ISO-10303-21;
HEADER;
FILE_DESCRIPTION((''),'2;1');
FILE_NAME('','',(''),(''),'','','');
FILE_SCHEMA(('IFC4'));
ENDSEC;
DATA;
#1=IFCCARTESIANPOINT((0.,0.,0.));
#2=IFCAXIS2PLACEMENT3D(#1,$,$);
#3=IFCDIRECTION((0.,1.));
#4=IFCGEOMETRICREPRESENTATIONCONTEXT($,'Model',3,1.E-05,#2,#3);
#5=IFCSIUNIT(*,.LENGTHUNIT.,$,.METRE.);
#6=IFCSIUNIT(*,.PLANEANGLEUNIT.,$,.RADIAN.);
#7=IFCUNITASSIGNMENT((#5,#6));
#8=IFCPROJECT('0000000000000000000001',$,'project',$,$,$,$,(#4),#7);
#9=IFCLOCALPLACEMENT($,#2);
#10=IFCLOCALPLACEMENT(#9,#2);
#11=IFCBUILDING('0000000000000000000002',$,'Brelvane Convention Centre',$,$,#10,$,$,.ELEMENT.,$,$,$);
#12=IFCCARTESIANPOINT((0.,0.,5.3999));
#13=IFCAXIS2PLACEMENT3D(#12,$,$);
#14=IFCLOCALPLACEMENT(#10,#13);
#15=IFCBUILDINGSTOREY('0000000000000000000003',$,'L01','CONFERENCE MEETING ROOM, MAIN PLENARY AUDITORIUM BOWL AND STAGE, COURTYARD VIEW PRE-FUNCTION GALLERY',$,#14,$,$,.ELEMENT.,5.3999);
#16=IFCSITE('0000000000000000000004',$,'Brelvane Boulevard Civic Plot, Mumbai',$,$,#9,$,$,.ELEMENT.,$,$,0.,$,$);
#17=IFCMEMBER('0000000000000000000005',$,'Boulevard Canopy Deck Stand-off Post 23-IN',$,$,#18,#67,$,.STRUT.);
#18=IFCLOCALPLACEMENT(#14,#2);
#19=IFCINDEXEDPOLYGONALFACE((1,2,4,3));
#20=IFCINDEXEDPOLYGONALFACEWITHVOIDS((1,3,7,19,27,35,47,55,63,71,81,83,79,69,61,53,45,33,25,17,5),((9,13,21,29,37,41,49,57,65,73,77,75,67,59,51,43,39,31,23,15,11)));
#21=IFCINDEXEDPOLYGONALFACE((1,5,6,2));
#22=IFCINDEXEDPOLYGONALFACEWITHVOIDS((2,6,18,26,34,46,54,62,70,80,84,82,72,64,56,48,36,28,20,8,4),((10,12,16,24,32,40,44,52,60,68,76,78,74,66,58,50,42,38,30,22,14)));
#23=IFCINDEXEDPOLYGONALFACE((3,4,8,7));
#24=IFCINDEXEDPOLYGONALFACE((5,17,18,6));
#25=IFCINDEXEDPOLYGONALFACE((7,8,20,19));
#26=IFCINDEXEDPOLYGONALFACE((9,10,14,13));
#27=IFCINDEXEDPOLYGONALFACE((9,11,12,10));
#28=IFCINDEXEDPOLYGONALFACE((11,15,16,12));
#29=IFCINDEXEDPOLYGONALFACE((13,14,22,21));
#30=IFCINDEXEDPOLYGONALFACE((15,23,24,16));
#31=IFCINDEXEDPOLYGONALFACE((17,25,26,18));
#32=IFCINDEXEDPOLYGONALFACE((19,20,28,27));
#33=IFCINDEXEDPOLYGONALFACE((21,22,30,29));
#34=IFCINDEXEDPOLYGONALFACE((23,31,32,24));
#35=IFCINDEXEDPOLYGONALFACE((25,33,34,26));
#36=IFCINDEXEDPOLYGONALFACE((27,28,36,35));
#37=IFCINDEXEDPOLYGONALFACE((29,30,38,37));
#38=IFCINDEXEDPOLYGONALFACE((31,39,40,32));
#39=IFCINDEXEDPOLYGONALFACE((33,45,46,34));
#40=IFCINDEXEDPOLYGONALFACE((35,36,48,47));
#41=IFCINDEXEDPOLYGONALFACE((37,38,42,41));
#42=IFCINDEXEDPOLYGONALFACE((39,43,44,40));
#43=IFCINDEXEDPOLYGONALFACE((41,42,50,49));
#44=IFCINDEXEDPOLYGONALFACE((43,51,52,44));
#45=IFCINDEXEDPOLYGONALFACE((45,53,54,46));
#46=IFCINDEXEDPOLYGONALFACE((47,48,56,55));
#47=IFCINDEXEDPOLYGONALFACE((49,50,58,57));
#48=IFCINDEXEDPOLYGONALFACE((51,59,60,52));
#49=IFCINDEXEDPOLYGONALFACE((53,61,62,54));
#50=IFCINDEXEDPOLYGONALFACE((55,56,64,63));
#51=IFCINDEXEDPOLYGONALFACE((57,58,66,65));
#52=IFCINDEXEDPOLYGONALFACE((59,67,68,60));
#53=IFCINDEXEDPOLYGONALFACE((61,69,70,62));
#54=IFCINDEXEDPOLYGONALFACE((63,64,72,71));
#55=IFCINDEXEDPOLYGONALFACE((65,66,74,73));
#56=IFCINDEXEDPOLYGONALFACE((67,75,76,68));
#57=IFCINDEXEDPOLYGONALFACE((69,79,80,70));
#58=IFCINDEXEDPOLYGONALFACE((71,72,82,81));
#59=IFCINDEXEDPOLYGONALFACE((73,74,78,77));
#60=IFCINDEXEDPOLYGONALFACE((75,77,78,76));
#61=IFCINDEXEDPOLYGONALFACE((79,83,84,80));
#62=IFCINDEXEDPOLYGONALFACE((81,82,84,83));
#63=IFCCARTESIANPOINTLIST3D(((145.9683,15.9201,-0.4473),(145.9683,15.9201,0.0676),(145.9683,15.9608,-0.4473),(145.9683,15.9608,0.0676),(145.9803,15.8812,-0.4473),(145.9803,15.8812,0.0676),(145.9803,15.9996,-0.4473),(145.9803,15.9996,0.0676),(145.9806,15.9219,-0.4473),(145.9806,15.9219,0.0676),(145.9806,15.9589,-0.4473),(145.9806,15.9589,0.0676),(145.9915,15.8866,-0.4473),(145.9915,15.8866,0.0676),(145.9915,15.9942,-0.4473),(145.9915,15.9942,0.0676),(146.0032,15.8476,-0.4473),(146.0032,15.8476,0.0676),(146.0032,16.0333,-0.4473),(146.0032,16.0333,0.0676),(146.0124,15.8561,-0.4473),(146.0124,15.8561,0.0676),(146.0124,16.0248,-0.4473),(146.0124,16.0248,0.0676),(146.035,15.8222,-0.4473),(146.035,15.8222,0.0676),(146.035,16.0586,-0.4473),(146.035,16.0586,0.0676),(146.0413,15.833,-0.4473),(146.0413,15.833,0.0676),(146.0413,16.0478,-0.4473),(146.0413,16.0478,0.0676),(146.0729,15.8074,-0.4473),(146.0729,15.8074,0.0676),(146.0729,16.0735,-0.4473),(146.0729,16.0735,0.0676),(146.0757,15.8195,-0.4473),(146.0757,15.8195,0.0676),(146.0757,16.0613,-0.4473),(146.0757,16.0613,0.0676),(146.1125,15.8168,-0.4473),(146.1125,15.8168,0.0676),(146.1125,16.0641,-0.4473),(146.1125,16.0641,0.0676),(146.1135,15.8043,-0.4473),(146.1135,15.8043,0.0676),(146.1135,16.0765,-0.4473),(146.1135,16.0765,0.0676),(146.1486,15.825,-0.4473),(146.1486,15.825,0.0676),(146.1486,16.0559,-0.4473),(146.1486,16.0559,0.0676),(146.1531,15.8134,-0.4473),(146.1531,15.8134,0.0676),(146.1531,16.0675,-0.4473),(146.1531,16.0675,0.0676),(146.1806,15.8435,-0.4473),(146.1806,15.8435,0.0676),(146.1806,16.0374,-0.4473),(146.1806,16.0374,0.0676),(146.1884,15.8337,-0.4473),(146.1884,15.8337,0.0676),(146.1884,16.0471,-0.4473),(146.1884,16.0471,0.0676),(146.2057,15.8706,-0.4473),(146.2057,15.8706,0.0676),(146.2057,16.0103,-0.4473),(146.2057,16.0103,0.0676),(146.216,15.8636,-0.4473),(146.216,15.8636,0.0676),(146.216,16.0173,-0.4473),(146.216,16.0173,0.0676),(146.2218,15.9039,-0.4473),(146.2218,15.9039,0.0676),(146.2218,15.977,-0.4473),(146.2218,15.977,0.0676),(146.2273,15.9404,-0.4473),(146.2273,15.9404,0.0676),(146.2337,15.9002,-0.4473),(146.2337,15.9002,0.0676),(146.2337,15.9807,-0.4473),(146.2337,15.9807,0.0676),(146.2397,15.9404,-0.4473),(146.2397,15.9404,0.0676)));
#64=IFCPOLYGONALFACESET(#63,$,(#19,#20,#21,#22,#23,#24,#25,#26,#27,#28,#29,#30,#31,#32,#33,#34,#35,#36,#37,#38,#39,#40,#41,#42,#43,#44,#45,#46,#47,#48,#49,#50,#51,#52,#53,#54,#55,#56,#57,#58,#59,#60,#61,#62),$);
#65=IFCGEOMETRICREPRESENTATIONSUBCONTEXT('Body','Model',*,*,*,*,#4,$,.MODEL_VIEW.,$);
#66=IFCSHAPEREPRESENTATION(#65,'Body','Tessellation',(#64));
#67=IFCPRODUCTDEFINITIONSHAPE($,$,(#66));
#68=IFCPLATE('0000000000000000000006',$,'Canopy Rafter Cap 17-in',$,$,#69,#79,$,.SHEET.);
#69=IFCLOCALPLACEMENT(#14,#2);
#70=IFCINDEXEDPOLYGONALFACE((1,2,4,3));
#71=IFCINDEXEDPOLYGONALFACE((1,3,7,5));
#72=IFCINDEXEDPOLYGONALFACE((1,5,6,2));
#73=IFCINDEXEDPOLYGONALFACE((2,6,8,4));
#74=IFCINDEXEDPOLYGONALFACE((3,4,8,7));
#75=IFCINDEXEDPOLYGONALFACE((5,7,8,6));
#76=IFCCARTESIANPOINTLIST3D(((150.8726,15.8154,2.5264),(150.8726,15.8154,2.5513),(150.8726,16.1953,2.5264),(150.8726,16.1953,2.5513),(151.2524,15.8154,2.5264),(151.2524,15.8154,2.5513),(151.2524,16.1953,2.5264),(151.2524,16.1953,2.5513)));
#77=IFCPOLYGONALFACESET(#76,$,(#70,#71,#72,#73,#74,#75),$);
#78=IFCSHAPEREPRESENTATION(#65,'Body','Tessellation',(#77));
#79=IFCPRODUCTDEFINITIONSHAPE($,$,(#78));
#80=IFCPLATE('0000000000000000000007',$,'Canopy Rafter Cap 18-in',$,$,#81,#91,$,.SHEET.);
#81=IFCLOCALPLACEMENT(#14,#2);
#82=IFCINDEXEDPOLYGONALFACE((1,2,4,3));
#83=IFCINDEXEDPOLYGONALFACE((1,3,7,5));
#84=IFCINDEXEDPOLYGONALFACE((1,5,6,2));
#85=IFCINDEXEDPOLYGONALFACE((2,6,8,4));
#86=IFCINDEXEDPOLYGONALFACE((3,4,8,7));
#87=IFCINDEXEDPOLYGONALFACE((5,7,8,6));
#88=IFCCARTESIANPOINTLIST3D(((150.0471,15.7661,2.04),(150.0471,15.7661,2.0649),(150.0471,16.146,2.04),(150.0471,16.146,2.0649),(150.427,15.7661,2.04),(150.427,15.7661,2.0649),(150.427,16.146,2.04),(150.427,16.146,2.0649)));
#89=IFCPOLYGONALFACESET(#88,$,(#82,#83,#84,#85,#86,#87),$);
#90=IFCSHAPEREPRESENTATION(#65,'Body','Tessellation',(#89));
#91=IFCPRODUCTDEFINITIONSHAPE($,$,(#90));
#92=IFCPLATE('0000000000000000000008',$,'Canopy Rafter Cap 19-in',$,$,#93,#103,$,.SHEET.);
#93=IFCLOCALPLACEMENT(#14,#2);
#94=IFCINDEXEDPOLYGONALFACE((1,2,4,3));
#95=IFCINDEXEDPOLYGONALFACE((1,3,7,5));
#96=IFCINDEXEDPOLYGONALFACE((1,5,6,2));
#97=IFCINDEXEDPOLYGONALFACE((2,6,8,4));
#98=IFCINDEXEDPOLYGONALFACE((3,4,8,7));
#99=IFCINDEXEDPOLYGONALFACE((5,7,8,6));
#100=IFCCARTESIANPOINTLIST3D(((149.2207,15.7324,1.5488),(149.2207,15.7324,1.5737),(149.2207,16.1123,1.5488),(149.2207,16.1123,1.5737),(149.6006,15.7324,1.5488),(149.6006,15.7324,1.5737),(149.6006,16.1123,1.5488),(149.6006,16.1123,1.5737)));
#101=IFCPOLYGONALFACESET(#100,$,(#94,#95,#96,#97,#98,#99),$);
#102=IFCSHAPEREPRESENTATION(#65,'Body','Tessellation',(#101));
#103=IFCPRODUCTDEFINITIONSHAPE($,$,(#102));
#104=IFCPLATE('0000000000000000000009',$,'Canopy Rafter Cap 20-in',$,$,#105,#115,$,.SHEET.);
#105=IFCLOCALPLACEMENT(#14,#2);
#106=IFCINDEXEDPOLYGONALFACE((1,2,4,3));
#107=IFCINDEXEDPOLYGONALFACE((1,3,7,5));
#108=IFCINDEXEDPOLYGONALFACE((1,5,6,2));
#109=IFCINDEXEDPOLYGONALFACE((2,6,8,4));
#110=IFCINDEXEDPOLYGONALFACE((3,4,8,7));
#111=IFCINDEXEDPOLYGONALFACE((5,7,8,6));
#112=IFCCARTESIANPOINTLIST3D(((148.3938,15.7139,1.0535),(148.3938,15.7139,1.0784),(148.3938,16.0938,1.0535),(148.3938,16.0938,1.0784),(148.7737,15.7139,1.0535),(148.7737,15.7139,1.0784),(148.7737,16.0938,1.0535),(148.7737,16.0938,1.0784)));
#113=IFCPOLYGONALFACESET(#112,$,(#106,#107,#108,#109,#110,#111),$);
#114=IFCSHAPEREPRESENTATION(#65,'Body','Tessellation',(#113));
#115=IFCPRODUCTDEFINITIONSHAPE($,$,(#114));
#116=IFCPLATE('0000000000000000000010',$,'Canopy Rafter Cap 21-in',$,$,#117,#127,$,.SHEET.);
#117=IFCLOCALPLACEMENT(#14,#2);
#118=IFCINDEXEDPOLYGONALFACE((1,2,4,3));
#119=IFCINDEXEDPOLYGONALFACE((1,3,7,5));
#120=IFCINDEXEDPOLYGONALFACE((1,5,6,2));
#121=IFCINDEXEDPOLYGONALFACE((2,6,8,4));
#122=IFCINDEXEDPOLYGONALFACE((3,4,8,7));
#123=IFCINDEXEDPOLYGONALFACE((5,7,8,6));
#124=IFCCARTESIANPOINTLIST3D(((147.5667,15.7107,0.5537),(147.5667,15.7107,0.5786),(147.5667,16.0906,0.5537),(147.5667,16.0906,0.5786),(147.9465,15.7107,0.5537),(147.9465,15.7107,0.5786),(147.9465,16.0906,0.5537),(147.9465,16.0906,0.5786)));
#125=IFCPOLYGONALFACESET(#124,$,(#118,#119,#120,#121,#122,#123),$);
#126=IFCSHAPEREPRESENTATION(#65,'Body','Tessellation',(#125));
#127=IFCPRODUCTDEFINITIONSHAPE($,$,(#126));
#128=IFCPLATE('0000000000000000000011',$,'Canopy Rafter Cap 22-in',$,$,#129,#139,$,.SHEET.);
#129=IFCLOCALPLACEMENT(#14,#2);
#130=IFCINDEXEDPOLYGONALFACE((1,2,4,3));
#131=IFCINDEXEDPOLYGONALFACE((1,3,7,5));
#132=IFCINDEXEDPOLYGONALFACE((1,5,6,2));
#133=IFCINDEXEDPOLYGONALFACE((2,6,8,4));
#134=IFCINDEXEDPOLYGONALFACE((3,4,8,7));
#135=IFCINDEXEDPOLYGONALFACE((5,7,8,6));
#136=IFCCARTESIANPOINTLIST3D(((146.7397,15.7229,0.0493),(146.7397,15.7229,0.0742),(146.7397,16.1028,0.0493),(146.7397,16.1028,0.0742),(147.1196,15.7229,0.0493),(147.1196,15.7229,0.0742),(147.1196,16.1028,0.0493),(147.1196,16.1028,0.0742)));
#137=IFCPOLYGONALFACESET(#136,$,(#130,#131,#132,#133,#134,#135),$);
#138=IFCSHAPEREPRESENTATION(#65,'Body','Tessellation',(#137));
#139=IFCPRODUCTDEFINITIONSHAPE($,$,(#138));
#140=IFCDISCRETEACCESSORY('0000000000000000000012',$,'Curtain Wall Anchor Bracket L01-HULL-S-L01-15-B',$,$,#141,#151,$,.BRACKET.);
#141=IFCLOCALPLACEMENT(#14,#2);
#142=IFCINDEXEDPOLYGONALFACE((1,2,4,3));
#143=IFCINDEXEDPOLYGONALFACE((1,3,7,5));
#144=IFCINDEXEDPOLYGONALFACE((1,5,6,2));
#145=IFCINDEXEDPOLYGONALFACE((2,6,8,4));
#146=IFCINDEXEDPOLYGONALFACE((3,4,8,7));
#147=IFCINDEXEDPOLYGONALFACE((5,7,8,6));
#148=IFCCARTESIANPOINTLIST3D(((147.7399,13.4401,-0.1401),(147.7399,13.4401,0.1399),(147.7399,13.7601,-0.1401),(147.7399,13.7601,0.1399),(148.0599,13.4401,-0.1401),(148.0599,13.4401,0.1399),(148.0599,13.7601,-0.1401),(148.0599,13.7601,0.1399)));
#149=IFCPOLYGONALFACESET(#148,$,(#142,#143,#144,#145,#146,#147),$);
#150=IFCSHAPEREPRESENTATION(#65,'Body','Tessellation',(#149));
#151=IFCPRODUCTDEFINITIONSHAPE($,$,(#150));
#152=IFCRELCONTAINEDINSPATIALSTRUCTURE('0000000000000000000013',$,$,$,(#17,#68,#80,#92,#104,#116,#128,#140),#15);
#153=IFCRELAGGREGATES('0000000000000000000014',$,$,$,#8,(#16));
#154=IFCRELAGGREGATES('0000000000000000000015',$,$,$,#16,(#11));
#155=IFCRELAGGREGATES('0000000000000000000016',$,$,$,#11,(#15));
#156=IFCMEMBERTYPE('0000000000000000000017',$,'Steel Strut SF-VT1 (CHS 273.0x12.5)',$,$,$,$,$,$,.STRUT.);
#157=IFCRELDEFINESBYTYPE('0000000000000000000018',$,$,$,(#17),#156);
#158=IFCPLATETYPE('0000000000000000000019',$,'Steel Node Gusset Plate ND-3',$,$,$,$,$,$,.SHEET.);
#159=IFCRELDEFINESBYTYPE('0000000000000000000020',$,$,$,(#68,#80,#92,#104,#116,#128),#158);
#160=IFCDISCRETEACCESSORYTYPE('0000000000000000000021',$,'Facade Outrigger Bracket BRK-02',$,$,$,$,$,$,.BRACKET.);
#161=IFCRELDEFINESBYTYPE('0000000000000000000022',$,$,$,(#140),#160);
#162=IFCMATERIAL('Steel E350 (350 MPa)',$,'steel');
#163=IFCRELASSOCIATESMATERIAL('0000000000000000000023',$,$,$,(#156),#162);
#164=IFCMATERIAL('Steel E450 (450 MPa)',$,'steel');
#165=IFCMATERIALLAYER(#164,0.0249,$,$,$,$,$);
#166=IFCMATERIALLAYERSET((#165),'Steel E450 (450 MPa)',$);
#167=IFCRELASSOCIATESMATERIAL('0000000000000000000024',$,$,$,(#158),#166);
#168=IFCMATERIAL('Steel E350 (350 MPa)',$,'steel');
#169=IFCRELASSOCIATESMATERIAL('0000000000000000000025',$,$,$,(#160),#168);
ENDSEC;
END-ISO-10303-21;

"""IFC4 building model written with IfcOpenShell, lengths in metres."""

from ifc_helpers import new_model, si_unit, direction, frame, origin, origin_2d, place, context, subcontext, project, spatial, rectangle, hollow_circle, extrude, material, layer, layer_set, material_profile, profile_set, type_object, element, save


model = new_model("IFC4")

# Units and contexts
model_context = context("Model", 3, precision=1e-05, world=origin(), true_north=direction((0.0, 1.0)))
body_context = subcontext(model_context, "Body", "Model", "MODEL_VIEW")
ifc_project = project(units=[si_unit("LENGTHUNIT", "METRE"), si_unit("PLANEANGLEUNIT", "RADIAN")], contexts=[model_context])

# Site, building, storey
site_placement = place(None, origin())
site = spatial("IfcSite", under=ifc_project, at=site_placement, Name="Brelvane Boulevard Civic Plot, Mumbai", CompositionType="ELEMENT", RefElevation=0.0)
building_placement = place(site_placement, origin())
building = spatial("IfcBuilding", under=site, at=building_placement, Name="Brelvane Convention Centre", CompositionType="ELEMENT")
storey_placement = place(building_placement, frame((0.0, 0.0, 5.3999)))
storey = spatial("IfcBuildingStorey", under=building, at=storey_placement, Name="L01", Description="CONFERENCE MEETING ROOM, MAIN PLENARY AUDITORIUM BOWL AND STAGE, COURTYARD VIEW PRE-FUNCTION GALLERY", CompositionType="ELEMENT", Elevation=5.3999)

# Member
ifc_material_1 = material(Name="Steel E350 (350 MPa)", Category="steel")
ifc_material_profile_1 = material_profile(ifc_material_1, hollow_circle(Radius=0.1365, WallThickness=0.0125, at=origin_2d()), Name="CHS 273.0x12.5")
ifc_profile_set_1 = profile_set([ifc_material_profile_1], Name="Steel E350 (350 MPa)")
member_type_1 = type_object("IfcMemberType", Name="Steel Strut SF-VT1 (CHS 273.0x12.5)", PredefinedType="STRUT", material=ifc_profile_set_1)
for number, where, z_axis, x_axis, name in (
    (1, (146.1033, 15.9404, -0.4473), (0.0, 0.0, 1.0), (1.0, 0.0, 0.0), "Boulevard Canopy Deck Stand-off Post 23-IN"),
):
    element("IfcMember", number, at=place(storey_placement, frame(where, z_axis=z_axis, x_axis=x_axis)), inside=storey, type_object=member_type_1, Name=name, PredefinedType="STRUT", context=body_context, shape_type="SweptSolid", body=[
        extrude(hollow_circle(Radius=0.1365, WallThickness=0.0125, at=origin_2d()), origin(), (0.0, 0.0, 1.0), 0.5149),
    ])

# Plates
ifc_material_2 = material(Name="Steel E450 (450 MPa)", Category="steel")
ifc_layer = layer(ifc_material_2, 0.0249)
ifc_layer_set = layer_set([ifc_layer], Name="Steel E450 (450 MPa)")
plate_type = type_object("IfcPlateType", Name="Steel Node Gusset Plate ND-3", PredefinedType="SHEET", material=ifc_layer_set)
for number, where, z_axis, x_axis, name in (
    (2, (151.0625, 16.0054, 2.5264), (0.0, 0.0, 1.0), (1.0, 0.0, 0.0), "Canopy Rafter Cap 17-in"),
    (3, (150.2371, 15.9561, 2.04), (0.0, 0.0, 1.0), (1.0, 0.0, 0.0), "Canopy Rafter Cap 18-in"),
    (4, (149.4106, 15.9224, 1.5488), (0.0, 0.0, 1.0), (1.0, 0.0, 0.0), "Canopy Rafter Cap 19-in"),
    (5, (148.5837, 15.9038, 1.0535), (0.0, 0.0, 1.0), (1.0, 0.0, 0.0), "Canopy Rafter Cap 20-in"),
    (6, (147.7566, 15.9006, 0.5537), (0.0, 0.0, 1.0), (1.0, 0.0, 0.0), "Canopy Rafter Cap 21-in"),
    (7, (146.9297, 15.9128, 0.0493), (0.0, 0.0, 1.0), (1.0, 0.0, 0.0), "Canopy Rafter Cap 22-in"),
):
    element("IfcPlate", number, at=place(storey_placement, frame(where, z_axis=z_axis, x_axis=x_axis)), inside=storey, type_object=plate_type, Name=name, PredefinedType="SHEET", context=body_context, shape_type="SweptSolid", body=[
        extrude(rectangle(XDim=0.3799, YDim=0.3799, at=origin_2d()), origin(), (0.0, 0.0, 1.0), 0.0249),
    ])

# Discrete accessory
ifc_material_3 = material(Name="Steel E350 (350 MPa)", Category="steel")
discrete_accessory_type = type_object("IfcDiscreteAccessoryType", Name="Facade Outrigger Bracket BRK-02", PredefinedType="BRACKET", material=ifc_material_3)
discrete_accessory_placement = place(storey_placement, frame((147.8999, 13.6001, -0.1401), z_axis=(0.0, 0.0, 1.0), x_axis=(1.0, 0.0, 0.0)))
element("IfcDiscreteAccessory", 8, at=discrete_accessory_placement, inside=storey, type_object=discrete_accessory_type, Name="Curtain Wall Anchor Bracket L01-HULL-S-L01-15-B", PredefinedType="BRACKET", context=body_context, shape_type="SweptSolid", body=[
    extrude(rectangle(XDim=0.3201, YDim=0.3201, at=origin_2d()), origin(), (0.0, 0.0, 1.0), 0.28),
])

save(model, "model.ifc")
